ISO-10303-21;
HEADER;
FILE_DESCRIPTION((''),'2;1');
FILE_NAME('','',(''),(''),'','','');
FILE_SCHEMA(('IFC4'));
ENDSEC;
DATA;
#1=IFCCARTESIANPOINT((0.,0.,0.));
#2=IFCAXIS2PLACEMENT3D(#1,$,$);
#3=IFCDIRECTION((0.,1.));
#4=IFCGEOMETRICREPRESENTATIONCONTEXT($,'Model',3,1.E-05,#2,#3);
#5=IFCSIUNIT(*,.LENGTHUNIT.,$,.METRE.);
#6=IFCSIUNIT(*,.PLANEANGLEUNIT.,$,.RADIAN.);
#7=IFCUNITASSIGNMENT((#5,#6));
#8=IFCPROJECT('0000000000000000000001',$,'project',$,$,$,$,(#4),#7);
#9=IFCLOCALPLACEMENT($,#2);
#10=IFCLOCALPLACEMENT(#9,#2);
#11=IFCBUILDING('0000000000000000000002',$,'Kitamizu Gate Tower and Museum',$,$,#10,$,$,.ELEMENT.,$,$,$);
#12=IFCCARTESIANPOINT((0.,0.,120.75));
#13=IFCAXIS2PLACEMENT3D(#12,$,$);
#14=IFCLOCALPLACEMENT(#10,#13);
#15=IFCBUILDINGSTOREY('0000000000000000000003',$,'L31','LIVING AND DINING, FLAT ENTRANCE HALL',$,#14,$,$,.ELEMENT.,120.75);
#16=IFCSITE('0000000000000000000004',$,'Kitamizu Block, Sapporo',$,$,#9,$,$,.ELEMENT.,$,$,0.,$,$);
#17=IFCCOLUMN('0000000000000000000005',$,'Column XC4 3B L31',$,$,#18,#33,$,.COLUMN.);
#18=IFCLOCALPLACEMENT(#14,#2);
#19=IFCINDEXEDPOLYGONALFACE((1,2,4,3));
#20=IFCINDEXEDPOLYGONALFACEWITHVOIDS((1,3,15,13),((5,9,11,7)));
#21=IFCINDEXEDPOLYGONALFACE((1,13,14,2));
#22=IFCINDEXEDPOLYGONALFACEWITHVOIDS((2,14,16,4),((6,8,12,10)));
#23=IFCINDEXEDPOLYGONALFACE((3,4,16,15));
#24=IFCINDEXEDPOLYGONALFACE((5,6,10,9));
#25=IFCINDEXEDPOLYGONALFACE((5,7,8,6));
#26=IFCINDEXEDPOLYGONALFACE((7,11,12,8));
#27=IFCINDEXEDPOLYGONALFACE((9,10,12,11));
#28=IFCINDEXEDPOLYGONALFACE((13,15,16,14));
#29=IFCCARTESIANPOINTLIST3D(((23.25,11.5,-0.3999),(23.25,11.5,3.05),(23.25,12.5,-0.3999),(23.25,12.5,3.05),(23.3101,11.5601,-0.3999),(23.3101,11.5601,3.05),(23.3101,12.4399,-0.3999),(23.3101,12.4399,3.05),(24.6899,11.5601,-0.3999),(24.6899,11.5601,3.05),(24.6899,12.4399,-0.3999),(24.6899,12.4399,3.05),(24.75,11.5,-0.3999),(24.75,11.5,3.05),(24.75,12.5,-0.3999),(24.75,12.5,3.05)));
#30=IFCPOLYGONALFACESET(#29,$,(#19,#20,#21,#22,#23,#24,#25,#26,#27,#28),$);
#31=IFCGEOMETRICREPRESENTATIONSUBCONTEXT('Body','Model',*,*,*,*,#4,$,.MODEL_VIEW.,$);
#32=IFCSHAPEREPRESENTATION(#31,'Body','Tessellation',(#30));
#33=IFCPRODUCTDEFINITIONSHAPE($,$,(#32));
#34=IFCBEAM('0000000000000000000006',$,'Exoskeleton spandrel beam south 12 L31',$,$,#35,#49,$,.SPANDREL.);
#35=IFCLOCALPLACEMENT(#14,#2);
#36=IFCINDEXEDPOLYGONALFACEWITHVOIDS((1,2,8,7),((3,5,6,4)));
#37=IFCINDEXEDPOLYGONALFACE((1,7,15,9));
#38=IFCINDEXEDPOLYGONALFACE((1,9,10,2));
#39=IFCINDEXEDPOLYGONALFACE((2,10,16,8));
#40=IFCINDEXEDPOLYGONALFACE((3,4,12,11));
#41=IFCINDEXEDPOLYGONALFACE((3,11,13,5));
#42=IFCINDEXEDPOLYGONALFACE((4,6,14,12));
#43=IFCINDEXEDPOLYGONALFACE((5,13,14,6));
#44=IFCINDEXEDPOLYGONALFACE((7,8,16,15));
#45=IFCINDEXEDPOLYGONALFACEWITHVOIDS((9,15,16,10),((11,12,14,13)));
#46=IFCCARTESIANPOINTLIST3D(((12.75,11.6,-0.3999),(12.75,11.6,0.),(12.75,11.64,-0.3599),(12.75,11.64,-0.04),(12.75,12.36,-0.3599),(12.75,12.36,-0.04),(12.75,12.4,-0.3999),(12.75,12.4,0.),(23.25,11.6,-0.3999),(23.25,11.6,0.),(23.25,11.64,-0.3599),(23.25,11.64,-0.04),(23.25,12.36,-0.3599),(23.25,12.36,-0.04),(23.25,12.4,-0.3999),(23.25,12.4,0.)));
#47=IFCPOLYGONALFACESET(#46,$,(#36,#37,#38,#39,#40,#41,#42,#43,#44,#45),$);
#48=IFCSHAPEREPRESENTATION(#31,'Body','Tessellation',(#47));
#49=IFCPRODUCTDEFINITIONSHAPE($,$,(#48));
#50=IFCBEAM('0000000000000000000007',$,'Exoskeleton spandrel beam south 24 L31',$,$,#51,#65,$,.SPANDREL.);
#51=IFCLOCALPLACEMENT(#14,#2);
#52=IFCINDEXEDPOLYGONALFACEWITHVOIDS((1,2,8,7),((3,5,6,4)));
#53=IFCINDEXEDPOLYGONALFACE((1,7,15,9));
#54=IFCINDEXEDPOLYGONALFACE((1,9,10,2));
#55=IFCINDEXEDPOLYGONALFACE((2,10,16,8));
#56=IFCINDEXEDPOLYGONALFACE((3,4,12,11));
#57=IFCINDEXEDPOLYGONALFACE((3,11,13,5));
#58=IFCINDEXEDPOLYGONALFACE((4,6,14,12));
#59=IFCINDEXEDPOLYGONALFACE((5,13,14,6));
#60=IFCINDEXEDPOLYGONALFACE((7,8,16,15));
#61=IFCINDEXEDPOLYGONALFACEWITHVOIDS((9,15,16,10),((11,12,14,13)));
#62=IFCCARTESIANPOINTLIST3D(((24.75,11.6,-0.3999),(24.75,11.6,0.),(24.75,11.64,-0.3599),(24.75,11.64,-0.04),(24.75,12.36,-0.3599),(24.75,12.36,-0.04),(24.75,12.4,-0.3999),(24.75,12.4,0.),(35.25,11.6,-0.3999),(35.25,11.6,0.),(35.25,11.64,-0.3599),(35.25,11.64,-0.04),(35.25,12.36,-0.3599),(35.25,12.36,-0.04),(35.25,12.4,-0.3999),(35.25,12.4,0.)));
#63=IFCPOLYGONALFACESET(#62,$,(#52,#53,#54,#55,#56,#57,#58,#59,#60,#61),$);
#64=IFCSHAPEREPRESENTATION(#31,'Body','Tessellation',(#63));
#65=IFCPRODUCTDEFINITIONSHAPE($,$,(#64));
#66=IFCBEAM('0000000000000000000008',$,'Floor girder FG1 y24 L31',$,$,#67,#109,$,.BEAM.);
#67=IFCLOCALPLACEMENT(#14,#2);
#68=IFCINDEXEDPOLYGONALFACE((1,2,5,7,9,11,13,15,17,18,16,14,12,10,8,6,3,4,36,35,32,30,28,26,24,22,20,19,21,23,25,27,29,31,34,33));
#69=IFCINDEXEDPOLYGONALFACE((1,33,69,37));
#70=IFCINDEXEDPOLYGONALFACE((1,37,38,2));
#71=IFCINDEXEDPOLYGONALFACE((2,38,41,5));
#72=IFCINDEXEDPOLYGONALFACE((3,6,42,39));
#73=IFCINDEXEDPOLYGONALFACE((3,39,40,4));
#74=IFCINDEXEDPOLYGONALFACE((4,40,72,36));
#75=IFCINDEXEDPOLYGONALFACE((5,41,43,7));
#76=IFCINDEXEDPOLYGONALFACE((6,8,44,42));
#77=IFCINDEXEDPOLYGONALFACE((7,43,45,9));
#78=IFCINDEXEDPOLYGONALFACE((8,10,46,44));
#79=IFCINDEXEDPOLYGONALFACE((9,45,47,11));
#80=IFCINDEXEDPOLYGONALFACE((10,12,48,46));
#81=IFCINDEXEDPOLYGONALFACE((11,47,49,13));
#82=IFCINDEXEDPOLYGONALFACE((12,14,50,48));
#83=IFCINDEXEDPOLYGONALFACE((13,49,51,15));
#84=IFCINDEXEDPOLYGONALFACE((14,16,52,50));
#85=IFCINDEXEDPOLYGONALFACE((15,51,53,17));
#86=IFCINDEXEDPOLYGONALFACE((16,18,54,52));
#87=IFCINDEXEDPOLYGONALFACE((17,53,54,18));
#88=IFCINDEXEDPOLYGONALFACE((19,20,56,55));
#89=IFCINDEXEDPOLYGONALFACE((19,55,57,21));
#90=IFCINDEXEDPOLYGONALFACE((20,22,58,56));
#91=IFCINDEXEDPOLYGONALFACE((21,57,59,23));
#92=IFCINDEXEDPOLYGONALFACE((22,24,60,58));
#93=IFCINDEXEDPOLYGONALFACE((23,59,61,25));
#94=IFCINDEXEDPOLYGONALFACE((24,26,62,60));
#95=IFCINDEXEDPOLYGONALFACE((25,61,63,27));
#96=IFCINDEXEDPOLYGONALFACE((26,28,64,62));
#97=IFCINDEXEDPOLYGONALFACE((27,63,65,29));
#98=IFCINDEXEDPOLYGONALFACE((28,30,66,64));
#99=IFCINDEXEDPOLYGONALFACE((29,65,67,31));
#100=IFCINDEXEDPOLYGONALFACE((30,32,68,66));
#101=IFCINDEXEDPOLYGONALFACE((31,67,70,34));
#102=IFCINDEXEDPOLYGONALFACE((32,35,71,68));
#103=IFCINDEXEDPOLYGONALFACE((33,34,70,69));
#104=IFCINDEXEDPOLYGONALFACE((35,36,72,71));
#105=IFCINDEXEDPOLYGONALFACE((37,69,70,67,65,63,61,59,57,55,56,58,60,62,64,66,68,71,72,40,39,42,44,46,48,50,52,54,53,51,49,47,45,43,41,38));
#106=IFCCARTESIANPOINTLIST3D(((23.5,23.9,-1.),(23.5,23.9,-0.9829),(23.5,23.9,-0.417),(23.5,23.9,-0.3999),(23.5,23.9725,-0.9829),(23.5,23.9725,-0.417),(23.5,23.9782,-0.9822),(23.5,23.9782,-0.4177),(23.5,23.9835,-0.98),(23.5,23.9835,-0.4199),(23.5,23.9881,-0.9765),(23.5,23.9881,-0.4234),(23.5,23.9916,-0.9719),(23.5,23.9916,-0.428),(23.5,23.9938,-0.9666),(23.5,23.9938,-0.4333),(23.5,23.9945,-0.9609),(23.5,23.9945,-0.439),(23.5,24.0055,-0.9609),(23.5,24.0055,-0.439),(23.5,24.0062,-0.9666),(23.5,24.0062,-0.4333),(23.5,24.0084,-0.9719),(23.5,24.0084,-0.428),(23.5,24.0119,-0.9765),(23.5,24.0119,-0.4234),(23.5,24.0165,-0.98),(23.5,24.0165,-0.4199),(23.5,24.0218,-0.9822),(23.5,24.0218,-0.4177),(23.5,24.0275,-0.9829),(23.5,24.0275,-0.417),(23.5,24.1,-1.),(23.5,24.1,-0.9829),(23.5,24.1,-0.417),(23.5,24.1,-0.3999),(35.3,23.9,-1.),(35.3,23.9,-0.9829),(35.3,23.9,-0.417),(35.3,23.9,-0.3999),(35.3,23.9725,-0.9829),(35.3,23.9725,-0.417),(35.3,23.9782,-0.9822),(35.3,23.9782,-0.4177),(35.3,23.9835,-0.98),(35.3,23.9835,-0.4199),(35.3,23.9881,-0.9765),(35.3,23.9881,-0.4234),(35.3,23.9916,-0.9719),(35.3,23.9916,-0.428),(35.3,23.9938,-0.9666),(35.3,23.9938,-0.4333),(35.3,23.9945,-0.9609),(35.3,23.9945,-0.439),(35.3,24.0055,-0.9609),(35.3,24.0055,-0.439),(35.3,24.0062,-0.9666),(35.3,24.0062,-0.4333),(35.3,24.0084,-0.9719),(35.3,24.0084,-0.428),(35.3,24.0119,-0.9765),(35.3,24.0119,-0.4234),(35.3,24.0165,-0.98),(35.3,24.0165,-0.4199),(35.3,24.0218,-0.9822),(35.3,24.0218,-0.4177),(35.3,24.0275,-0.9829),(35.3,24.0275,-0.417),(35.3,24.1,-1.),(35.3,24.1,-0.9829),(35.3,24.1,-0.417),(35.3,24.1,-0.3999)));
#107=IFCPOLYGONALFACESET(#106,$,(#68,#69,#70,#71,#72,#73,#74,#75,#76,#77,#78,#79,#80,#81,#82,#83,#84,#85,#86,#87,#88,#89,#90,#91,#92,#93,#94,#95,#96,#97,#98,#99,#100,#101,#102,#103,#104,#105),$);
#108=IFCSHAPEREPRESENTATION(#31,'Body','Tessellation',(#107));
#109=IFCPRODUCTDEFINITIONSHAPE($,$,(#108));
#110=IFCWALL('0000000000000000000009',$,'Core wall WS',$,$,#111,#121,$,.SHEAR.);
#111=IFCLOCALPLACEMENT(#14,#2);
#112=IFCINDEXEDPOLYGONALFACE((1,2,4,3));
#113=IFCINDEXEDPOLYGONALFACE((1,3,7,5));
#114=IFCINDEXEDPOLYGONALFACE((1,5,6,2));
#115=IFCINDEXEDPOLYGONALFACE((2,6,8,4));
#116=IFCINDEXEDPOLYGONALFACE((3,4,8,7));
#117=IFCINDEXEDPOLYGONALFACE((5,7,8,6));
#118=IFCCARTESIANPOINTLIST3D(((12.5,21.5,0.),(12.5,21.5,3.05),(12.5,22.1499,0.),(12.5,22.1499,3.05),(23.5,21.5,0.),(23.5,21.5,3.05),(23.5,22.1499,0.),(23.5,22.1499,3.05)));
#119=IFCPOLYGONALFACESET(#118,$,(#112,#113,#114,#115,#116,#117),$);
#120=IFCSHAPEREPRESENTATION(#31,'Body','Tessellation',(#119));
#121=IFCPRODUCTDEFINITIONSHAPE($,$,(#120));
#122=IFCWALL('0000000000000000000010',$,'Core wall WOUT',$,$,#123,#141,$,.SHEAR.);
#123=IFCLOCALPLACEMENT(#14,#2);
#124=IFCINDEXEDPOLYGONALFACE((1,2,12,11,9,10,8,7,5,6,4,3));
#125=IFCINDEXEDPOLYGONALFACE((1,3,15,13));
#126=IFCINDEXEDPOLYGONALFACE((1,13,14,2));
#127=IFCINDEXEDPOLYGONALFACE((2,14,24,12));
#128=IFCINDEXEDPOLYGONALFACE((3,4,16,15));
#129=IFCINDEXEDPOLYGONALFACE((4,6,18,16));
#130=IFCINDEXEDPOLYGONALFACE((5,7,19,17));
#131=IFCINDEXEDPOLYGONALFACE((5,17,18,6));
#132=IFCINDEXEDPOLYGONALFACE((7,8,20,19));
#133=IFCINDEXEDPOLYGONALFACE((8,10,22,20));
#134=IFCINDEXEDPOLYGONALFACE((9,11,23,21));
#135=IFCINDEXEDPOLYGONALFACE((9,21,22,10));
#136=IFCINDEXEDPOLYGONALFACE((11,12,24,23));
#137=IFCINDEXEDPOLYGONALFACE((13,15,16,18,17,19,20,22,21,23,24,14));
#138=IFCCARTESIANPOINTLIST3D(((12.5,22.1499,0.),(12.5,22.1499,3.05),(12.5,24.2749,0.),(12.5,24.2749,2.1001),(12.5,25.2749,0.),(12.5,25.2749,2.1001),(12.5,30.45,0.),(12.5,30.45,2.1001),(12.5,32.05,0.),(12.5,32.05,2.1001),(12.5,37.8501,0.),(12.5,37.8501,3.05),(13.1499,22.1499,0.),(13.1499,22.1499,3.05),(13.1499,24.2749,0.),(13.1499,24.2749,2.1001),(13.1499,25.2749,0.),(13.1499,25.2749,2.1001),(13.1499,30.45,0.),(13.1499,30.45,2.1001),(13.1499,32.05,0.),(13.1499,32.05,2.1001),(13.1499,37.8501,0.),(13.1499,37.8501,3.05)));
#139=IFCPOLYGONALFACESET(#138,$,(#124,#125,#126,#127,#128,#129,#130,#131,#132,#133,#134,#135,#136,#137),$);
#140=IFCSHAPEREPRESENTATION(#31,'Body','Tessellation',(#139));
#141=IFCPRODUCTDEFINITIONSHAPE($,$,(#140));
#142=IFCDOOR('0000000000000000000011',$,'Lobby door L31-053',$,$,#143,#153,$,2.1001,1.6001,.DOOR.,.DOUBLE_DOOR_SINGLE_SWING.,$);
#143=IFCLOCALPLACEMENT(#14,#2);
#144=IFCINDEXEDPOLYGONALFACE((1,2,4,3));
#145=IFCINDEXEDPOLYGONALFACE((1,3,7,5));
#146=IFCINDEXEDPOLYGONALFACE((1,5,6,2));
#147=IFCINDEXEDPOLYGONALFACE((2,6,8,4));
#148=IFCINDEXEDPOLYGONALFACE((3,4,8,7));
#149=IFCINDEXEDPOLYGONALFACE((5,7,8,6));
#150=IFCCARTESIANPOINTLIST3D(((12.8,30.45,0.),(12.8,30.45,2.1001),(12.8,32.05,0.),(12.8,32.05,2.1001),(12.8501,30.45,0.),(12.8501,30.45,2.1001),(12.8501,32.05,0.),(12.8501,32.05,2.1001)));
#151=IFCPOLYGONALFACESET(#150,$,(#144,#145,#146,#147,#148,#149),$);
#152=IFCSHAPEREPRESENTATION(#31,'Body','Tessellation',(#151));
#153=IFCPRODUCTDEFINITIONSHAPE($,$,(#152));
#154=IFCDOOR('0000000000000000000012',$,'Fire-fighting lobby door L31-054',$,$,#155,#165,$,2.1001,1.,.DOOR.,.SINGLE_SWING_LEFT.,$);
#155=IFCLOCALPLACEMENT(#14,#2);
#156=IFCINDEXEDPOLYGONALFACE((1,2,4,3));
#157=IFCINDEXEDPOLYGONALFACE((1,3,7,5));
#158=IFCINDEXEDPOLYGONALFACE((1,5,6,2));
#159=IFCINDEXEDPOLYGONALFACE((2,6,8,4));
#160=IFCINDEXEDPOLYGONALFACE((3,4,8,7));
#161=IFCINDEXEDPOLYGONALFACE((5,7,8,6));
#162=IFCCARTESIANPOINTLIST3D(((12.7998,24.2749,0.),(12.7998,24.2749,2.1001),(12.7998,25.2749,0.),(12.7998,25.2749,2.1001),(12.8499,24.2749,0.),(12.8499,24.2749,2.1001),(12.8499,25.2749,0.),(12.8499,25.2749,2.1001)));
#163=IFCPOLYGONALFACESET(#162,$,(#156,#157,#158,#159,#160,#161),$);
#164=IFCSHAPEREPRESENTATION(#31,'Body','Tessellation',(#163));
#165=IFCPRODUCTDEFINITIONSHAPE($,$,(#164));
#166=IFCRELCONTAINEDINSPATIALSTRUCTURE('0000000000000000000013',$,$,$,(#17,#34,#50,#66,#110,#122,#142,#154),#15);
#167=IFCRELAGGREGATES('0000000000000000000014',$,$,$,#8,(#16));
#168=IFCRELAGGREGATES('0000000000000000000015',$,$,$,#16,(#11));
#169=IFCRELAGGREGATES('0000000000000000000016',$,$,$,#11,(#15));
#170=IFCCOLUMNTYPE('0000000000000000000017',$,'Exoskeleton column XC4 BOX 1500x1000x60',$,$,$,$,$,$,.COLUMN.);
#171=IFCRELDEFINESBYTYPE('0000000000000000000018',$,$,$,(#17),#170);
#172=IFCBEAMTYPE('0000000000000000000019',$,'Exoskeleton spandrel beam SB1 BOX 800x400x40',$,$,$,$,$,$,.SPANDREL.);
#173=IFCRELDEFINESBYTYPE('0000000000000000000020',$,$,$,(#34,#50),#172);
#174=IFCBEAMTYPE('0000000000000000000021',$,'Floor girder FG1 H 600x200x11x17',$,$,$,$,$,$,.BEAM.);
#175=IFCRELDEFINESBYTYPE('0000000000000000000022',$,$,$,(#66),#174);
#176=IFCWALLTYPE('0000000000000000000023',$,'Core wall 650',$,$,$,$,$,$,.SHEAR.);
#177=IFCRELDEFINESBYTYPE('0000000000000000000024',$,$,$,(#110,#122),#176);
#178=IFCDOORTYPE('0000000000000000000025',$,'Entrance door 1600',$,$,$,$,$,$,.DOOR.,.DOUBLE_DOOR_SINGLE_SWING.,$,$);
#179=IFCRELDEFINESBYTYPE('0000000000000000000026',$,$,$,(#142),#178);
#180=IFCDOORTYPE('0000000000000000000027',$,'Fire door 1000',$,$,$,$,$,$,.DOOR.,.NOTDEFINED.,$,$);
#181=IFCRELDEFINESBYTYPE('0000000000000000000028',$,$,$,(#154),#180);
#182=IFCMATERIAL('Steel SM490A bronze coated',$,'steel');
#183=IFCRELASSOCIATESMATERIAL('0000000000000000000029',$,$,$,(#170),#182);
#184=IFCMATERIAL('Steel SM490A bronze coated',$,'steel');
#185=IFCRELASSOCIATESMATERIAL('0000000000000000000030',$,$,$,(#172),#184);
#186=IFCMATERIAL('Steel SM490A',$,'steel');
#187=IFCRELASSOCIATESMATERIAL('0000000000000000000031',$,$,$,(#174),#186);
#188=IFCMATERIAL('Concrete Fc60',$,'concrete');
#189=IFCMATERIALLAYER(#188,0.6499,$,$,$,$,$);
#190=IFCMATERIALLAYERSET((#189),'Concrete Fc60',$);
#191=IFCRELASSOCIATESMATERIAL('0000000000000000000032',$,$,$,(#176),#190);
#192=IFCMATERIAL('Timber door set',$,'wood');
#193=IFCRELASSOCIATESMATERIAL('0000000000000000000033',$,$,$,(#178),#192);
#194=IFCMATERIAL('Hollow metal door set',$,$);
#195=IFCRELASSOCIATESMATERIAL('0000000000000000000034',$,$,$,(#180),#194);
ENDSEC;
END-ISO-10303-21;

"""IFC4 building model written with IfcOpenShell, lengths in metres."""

from ifc_helpers import new_model, si_unit, direction, frame, frame_2d, origin, origin_2d, place, context, subcontext, project, spatial, rectangle, hollow_rectangle, i_section, extrude, material, layer, layer_set, material_profile, profile_set, type_object, element, fill, save


model = new_model("IFC4")

# Units and contexts
model_context = context("Model", 3, precision=1e-05, world=origin(), true_north=direction((0.0, 1.0)))
body_context = subcontext(model_context, "Body", "Model", "MODEL_VIEW")
ifc_project = project(units=[si_unit("LENGTHUNIT", "METRE"), si_unit("PLANEANGLEUNIT", "RADIAN")], contexts=[model_context])

# Site, building, storey
site_placement = place(None, origin())
site = spatial("IfcSite", under=ifc_project, at=site_placement, Name="Kitamizu Block, Sapporo", CompositionType="ELEMENT", RefElevation=0.0)
building_placement = place(site_placement, origin())
building = spatial("IfcBuilding", under=site, at=building_placement, Name="Kitamizu Gate Tower and Museum", CompositionType="ELEMENT")
storey_placement = place(building_placement, frame((0.0, 0.0, 120.75)))
storey = spatial("IfcBuildingStorey", under=building, at=storey_placement, Name="L31", Description="LIVING AND DINING, FLAT ENTRANCE HALL", CompositionType="ELEMENT", Elevation=120.75)

# Column
ifc_material_1 = material(Name="Steel SM490A bronze coated", Category="steel")
ifc_material_profile_1 = material_profile(ifc_material_1, hollow_rectangle(XDim=1.5, YDim=1.0, WallThickness=0.0601, at=origin_2d()), Name="BOX 1500x1000x60")
ifc_profile_set_1 = profile_set([ifc_material_profile_1], Name="Steel SM490A bronze coated")
column_type = type_object("IfcColumnType", Name="Exoskeleton column XC4 BOX 1500x1000x60", PredefinedType="COLUMN", material=ifc_profile_set_1)
column_placement = place(storey_placement, frame((24.0, 12.0, -0.3999), z_axis=(0.0, 0.0, 1.0), x_axis=(1.0, 0.0, 0.0)))
element("IfcColumn", 1, at=column_placement, inside=storey, type_object=column_type, Name="Column XC4 3B L31", PredefinedType="COLUMN", context=body_context, shape_type="SweptSolid", body=[
    extrude(hollow_rectangle(XDim=1.5, YDim=1.0, WallThickness=0.0601, at=origin_2d()), origin(), (0.0, 0.0, 1.0), 3.45),
])

# Beams
ifc_material_2 = material(Name="Steel SM490A bronze coated", Category="steel")
ifc_material_profile_2 = material_profile(ifc_material_2, hollow_rectangle(XDim=0.8, YDim=0.3999, WallThickness=0.04, at=origin_2d()), Name="BOX 800x400x40")
ifc_profile_set_2 = profile_set([ifc_material_profile_2], Name="Steel SM490A bronze coated")
beam_type_1 = type_object("IfcBeamType", Name="Exoskeleton spandrel beam SB1 BOX 800x400x40", PredefinedType="SPANDREL", material=ifc_profile_set_2)
for number, where, z_axis, x_axis, name in (
    (2, (12.75, 12.0, -0.2), (1.0, 0.0, 0.0), (0.0, 1.0, 0.0), "Exoskeleton spandrel beam south 12 L31"),
    (3, (24.75, 12.0, -0.2), (1.0, 0.0, 0.0), (0.0, 1.0, 0.0), "Exoskeleton spandrel beam south 24 L31"),
):
    element("IfcBeam", number, at=place(storey_placement, frame(where, z_axis=z_axis, x_axis=x_axis)), inside=storey, type_object=beam_type_1, Name=name, PredefinedType="SPANDREL", context=body_context, shape_type="SweptSolid", body=[
        extrude(hollow_rectangle(XDim=0.8, YDim=0.3999, WallThickness=0.04, at=origin_2d()), origin(), (0.0, 0.0, 1.0), 10.5),
    ])
ifc_material_3 = material(Name="Steel SM490A", Category="steel")
ifc_material_profile_3 = material_profile(ifc_material_3, i_section(OverallWidth=0.2, OverallDepth=0.6001, WebThickness=0.011, FlangeThickness=0.0171, FilletRadius=0.022, at=origin_2d()), Name="H-600x200x11x17")
ifc_profile_set_3 = profile_set([ifc_material_profile_3], Name="Steel SM490A")
beam_type_2 = type_object("IfcBeamType", Name="Floor girder FG1 H 600x200x11x17", PredefinedType="BEAM", material=ifc_profile_set_3)
beam_placement = place(storey_placement, frame((23.5, 24.0, -0.7), z_axis=(1.0, 0.0, 0.0), x_axis=(0.0, 1.0, 0.0)))
element("IfcBeam", 4, at=beam_placement, inside=storey, type_object=beam_type_2, Name="Floor girder FG1 y24 L31", PredefinedType="BEAM", context=body_context, shape_type="SweptSolid", body=[
    extrude(i_section(OverallWidth=0.2, OverallDepth=0.6001, WebThickness=0.011, FlangeThickness=0.0171, FilletRadius=0.022, at=origin_2d()), origin(), (0.0, 0.0, 1.0), 11.8),
])

# Wall
ifc_material_4 = material(Name="Concrete Fc60", Category="concrete")
ifc_layer_1 = layer(ifc_material_4, 0.6499)
ifc_layer_set_1 = layer_set([ifc_layer_1], Name="Concrete Fc60")
wall_type_1 = type_object("IfcWallType", Name="Core wall 650", PredefinedType="SHEAR", material=ifc_layer_set_1)
wall_1_placement = place(storey_placement, frame((12.5, 21.825, 0.0), z_axis=(0.0, 0.0, 1.0), x_axis=(1.0, 0.0, 0.0)))
element("IfcWall", 5, at=wall_1_placement, inside=storey, type_object=wall_type_1, Name="Core wall WS", PredefinedType="SHEAR", context=body_context, shape_type="SweptSolid", body=[
    extrude(rectangle(XDim=11.0, YDim=0.6499, at=frame_2d((5.5, 0.0))), origin(), (0.0, 0.0, 1.0), 3.05),
])

# Wall, openings, doors
wall_2_placement = place(storey_placement, frame((12.825, 22.1499, 0.0), z_axis=(0.0, 0.0, 1.0), x_axis=(0.0, 1.0, 0.0)))
wall_2 = element("IfcWall", 6, at=wall_2_placement, inside=storey, type_object=wall_type_1, Name="Core wall WOUT", PredefinedType="SHEAR", context=body_context, shape_type="SweptSolid", body=[
    extrude(rectangle(XDim=15.7002, YDim=0.6499, at=frame_2d((7.8501, 0.0))), origin(), (0.0, 0.0, 1.0), 3.05),
])
opening_1_placement = place(wall_2_placement, frame((8.3, 0.0, 0.0)))
opening_1 = element("IfcOpeningElement", 7, at=opening_1_placement, cuts=wall_2, PredefinedType="OPENING", context=body_context, shape_type="SweptSolid", body=[
    extrude(rectangle(XDim=1.6001, YDim=2.1001, at=frame_2d((0.8, 1.05))), frame((0.0, 0.335, 0.0), z_axis=(0.0, -1.0, 0.0), x_axis=(1.0, 0.0, 0.0)), (0.0, 0.0, 1.0), 0.6699),
])
opening_2_placement = place(wall_2_placement, frame((2.125, 0.0, 0.0)))
opening_2 = element("IfcOpeningElement", 8, at=opening_2_placement, cuts=wall_2, PredefinedType="OPENING", context=body_context, shape_type="SweptSolid", body=[
    extrude(rectangle(XDim=1.0, YDim=2.1001, at=frame_2d((0.5, 1.05))), frame((0.0, 0.335, 0.0), z_axis=(0.0, -1.0, 0.0), x_axis=(1.0, 0.0, 0.0)), (0.0, 0.0, 1.0), 0.6699),
])
ifc_material_5 = material(Name="Timber door set", Category="wood")
door_type_1 = type_object("IfcDoorType", Name="Entrance door 1600", OperationType="DOUBLE_DOOR_SINGLE_SWING", PredefinedType="DOOR", material=ifc_material_5)
door_1_placement = place(opening_1_placement, origin())
door_1 = element("IfcDoor", 9, at=door_1_placement, inside=storey, type_object=door_type_1, Name="Lobby door L31-053", OperationType="DOUBLE_DOOR_SINGLE_SWING", OverallHeight=2.1001, OverallWidth=1.6001, PredefinedType="DOOR", context=body_context, shape_type="SweptSolid", body=[
    extrude(rectangle(XDim=1.6001, YDim=2.1001, at=frame_2d((0.8, 1.05))), frame((0.0, 0.0249, 0.0), z_axis=(0.0, -1.0, 0.0), x_axis=(1.0, 0.0, 0.0)), (0.0, 0.0, 1.0), 0.05),
])
fill(opening_1, door_1)
ifc_material_6 = material(Name="Hollow metal door set")
door_type_2 = type_object("IfcDoorType", Name="Fire door 1000", OperationType="NOTDEFINED", PredefinedType="DOOR", material=ifc_material_6)
door_2_placement = place(opening_2_placement, frame((1.0, 0.0, 0.0), x_axis=(-1.0, 0.0, 0.0)))
door_2 = element("IfcDoor", 10, at=door_2_placement, inside=storey, type_object=door_type_2, Name="Fire-fighting lobby door L31-054", OperationType="SINGLE_SWING_LEFT", OverallHeight=2.1001, OverallWidth=1.0, PredefinedType="DOOR", context=body_context, shape_type="SweptSolid", body=[
    extrude(rectangle(XDim=1.0, YDim=2.1001, at=frame_2d((0.5, 1.05))), frame((0.0, 0.0249, 0.0), z_axis=(0.0, -1.0, 0.0), x_axis=(1.0, 0.0, 0.0)), (0.0, 0.0, 1.0), 0.05),
])
fill(opening_2, door_2)

save(model, "model.ifc")
